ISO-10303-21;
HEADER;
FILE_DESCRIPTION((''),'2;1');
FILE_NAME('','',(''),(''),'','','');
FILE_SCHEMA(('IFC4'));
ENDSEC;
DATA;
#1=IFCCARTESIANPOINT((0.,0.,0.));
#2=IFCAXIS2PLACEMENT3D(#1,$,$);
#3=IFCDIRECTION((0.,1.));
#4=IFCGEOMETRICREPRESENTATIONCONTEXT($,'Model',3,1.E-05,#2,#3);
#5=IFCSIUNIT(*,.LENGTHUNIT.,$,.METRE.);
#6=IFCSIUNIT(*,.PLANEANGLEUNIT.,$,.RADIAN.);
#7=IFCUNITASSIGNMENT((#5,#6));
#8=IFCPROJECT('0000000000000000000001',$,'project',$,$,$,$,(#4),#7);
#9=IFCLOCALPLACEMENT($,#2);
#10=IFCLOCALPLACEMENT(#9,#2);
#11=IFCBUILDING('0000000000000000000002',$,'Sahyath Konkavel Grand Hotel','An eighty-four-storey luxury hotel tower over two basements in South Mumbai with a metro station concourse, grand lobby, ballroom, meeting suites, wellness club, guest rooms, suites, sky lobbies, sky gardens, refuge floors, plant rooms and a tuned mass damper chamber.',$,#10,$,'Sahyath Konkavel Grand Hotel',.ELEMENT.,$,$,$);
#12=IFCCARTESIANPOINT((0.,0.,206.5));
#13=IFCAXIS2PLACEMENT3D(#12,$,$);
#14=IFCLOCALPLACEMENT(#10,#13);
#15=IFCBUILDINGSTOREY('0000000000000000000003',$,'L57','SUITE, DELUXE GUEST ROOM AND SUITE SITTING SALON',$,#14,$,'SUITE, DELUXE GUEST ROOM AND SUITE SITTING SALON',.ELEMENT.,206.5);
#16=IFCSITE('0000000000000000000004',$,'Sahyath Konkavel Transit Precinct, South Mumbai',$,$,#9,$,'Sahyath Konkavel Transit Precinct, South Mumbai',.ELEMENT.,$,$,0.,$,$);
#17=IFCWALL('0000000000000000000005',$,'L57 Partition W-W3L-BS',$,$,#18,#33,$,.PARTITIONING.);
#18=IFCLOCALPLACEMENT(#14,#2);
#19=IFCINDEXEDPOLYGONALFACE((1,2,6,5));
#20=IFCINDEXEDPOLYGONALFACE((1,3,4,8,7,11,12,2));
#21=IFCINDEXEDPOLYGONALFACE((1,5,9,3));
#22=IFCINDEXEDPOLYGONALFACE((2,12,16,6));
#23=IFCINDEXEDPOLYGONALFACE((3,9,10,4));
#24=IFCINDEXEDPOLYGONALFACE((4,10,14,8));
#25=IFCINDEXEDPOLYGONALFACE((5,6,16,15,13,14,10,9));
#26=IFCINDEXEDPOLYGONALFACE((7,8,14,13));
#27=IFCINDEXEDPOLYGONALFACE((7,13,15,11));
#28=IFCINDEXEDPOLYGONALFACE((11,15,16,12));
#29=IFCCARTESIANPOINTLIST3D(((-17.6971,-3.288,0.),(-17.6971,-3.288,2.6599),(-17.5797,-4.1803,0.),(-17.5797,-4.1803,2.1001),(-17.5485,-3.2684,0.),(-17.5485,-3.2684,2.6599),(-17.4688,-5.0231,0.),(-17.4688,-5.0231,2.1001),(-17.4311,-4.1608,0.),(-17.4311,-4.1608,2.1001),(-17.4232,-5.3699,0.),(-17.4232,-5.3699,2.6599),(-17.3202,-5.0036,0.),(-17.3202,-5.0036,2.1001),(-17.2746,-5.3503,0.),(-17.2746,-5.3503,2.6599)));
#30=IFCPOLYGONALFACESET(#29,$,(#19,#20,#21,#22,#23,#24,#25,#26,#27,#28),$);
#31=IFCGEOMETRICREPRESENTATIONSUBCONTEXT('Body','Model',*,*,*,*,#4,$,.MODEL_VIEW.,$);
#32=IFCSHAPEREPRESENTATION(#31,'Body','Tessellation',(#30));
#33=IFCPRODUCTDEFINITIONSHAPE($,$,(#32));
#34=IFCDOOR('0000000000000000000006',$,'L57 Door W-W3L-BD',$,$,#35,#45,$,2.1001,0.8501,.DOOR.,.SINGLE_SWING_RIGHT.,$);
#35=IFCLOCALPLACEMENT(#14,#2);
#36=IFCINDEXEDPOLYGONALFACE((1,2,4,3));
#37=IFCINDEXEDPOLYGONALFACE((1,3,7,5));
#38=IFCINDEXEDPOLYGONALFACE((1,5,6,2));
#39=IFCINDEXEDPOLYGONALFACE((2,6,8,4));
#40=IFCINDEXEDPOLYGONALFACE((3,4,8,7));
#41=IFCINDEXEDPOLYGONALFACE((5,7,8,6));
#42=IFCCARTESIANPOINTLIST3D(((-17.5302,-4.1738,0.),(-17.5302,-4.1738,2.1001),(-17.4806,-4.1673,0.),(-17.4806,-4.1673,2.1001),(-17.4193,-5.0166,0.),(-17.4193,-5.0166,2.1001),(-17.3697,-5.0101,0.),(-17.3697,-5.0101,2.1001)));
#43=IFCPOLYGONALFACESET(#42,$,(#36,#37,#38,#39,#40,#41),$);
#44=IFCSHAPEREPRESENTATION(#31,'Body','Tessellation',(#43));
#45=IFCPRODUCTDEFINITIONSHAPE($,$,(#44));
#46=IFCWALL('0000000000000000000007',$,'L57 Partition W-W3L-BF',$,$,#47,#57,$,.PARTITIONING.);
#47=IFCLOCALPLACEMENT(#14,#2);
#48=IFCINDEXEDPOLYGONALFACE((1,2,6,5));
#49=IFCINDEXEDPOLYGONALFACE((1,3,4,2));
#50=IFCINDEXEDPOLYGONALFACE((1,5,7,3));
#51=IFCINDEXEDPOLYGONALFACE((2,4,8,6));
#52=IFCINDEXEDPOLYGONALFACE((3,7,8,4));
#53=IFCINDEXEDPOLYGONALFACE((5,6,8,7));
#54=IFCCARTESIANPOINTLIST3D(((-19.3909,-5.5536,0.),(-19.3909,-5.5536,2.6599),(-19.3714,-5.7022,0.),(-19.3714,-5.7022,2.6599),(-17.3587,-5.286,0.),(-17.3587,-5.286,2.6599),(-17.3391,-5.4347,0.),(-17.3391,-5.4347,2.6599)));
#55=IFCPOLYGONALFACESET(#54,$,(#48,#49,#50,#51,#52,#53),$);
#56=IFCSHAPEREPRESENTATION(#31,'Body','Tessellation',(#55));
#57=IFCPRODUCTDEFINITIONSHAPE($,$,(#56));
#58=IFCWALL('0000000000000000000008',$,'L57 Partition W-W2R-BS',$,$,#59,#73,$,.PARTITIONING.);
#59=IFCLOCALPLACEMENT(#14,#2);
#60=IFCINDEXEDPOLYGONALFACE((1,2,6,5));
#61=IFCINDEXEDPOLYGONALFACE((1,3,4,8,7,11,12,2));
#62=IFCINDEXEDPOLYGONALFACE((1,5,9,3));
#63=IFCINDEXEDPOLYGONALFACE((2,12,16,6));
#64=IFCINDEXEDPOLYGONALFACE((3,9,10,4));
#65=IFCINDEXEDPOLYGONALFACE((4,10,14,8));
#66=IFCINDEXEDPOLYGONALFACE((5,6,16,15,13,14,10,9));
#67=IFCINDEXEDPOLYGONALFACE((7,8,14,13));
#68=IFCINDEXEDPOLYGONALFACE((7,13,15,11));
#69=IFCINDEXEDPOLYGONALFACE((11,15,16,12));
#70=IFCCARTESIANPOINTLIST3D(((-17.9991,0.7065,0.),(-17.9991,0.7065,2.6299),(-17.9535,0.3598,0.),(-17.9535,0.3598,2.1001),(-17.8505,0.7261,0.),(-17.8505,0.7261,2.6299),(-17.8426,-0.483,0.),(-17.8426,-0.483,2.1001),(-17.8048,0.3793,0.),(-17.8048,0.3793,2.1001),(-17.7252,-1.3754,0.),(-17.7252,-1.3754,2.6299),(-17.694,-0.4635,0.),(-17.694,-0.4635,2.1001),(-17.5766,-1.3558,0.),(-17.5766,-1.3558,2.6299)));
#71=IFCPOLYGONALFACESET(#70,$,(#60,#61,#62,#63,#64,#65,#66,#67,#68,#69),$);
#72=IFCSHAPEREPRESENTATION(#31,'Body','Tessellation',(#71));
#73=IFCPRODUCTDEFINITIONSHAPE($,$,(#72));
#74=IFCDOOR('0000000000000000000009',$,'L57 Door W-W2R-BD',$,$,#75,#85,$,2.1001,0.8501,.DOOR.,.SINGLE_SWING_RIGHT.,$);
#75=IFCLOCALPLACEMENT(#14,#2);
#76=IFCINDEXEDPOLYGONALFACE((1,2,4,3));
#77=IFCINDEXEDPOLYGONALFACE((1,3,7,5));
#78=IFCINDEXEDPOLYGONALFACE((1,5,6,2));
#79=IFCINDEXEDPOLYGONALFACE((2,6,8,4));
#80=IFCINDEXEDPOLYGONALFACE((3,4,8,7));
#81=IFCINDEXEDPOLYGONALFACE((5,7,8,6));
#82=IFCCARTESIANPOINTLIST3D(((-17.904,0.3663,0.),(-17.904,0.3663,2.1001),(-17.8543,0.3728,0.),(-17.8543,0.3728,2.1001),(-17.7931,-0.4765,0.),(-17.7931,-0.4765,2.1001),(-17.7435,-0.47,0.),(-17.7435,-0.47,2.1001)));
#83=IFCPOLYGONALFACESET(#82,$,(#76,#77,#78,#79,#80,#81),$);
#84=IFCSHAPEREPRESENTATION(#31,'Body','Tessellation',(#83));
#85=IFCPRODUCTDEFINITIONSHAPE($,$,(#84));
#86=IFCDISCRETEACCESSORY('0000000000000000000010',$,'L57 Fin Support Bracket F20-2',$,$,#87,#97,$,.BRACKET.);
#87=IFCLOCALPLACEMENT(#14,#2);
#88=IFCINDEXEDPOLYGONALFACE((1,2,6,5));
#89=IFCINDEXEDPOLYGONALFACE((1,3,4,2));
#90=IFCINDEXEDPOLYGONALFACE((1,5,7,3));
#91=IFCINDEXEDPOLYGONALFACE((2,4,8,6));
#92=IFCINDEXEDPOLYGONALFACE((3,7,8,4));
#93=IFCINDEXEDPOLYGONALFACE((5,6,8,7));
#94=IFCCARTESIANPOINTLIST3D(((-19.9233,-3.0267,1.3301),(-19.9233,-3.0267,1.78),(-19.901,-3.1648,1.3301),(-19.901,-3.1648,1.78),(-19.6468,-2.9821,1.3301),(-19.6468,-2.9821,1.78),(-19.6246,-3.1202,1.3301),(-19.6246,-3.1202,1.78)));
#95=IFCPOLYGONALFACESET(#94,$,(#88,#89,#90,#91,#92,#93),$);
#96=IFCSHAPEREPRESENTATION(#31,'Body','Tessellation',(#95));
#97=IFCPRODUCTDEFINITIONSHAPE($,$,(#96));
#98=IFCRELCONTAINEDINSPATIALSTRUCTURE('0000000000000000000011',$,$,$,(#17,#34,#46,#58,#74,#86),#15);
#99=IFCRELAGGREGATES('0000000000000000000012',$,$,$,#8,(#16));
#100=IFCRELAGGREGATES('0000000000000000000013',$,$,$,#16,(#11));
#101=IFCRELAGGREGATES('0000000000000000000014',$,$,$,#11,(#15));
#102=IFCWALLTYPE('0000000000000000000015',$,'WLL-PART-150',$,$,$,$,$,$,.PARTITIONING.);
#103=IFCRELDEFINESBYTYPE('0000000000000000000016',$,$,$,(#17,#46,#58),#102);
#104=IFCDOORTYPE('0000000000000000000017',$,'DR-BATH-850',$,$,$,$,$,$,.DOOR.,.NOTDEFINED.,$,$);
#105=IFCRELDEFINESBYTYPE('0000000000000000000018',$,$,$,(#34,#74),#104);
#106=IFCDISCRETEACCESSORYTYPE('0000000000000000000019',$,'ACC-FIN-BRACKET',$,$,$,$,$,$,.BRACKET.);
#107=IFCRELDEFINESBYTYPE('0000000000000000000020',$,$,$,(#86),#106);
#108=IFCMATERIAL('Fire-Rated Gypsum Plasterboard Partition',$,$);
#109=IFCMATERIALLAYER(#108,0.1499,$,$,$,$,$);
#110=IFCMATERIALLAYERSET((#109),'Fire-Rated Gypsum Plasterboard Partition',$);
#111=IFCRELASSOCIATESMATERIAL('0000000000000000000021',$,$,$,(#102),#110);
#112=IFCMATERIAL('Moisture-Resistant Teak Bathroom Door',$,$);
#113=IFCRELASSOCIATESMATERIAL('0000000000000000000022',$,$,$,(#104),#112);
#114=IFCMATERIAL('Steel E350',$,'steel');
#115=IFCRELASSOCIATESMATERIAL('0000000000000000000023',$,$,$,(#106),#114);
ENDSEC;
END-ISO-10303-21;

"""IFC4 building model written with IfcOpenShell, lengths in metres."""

from ifc_helpers import new_model, si_unit, direction, frame, frame_2d, origin, origin_2d, place, context, subcontext, project, spatial, rectangle, extrude, source, transform, mapped, material, layer, layer_set, type_object, element, fill, save


model = new_model("IFC4")

# Units and contexts
model_context = context("Model", 3, precision=1e-05, world=origin(), true_north=direction((0.0, 1.0)))
body_context = subcontext(model_context, "Body", "Model", "MODEL_VIEW")
ifc_project = project(units=[si_unit("LENGTHUNIT", "METRE"), si_unit("PLANEANGLEUNIT", "RADIAN")], contexts=[model_context])

# Site, building, storey
site_placement = place(None, origin())
site = spatial("IfcSite", under=ifc_project, at=site_placement, Name="Sahyath Konkavel Transit Precinct, South Mumbai", LongName="Sahyath Konkavel Transit Precinct, South Mumbai", CompositionType="ELEMENT", RefElevation=0.0)
building_placement = place(site_placement, origin())
building = spatial("IfcBuilding", under=site, at=building_placement, Name="Sahyath Konkavel Grand Hotel", Description="An eighty-four-storey luxury hotel tower over two basements in South Mumbai with a metro station concourse, grand lobby, ballroom, meeting suites, wellness club, guest rooms, suites, sky lobbies, sky gardens, refuge floors, plant rooms and a tuned mass damper chamber.", LongName="Sahyath Konkavel Grand Hotel", CompositionType="ELEMENT")
storey_placement = place(building_placement, frame((0.0, 0.0, 206.5)))
storey = spatial("IfcBuildingStorey", under=building, at=storey_placement, Name="L57", Description="SUITE, DELUXE GUEST ROOM AND SUITE SITTING SALON", LongName="SUITE, DELUXE GUEST ROOM AND SUITE SITTING SALON", CompositionType="ELEMENT", Elevation=206.5)

# Shared definitions
ifc_material_1 = material(Name="Steel E350", Category="steel")

# Wall, opening, door
ifc_material_2 = material(Name="Fire-Rated Gypsum Plasterboard Partition")
ifc_layer_1 = layer(ifc_material_2, 0.1499)
ifc_layer_set_1 = layer_set([ifc_layer_1], Name="Fire-Rated Gypsum Plasterboard Partition")
wall_type_1 = type_object("IfcWallType", Name="WLL-PART-150", PredefinedType="PARTITIONING", material=ifc_layer_set_1)
wall_1_placement = place(storey_placement, frame((-17.6228, -3.2783, 0.0), z_axis=(0.0, 0.0, 1.0), x_axis=(0.130442, -0.991456, 0.0)))
wall_1 = element("IfcWall", 1, at=wall_1_placement, inside=storey, type_object=wall_type_1, Name="L57 Partition W-W3L-BS", PredefinedType="PARTITIONING", context=body_context, shape_type="SweptSolid", body=[
    extrude(rectangle(XDim=2.0999, YDim=0.1499, at=frame_2d((1.0498, 0.0))), origin(), (0.0, 0.0, 1.0), 2.6599),
])
opening_1_placement = place(wall_1_placement, frame((0.8999, 0.0, 0.0)))
opening_1 = element("IfcOpeningElement", 2, at=opening_1_placement, cuts=wall_1, PredefinedType="OPENING", context=body_context, shape_type="SweptSolid", body=[
    extrude(rectangle(XDim=0.8501, YDim=2.1001, at=frame_2d((0.425, 1.05))), frame((0.0, 0.085, 0.0), z_axis=(0.0, -1.0, 0.0), x_axis=(1.0, 0.0, 0.0)), (0.0, 0.0, 1.0), 0.1699),
])
ifc_material_3 = material(Name="Moisture-Resistant Teak Bathroom Door")
door_type = type_object("IfcDoorType", Name="DR-BATH-850", OperationType="NOTDEFINED", PredefinedType="DOOR", material=ifc_material_3)
shared_shape_1 = source(origin(), body_context, "Body", "SweptSolid", [
    extrude(rectangle(XDim=0.8501, YDim=0.05, at=origin_2d()), origin(), (0.0, 0.0, 1.0), 2.1001),
])
door_1_placement = place(opening_1_placement, frame((0.425, 0.0, 0.0)))
door_1 = element("IfcDoor", 3, at=door_1_placement, inside=storey, type_object=door_type, Name="L57 Door W-W3L-BD", OperationType="SINGLE_SWING_RIGHT", OverallHeight=2.1001, OverallWidth=0.8501, PredefinedType="DOOR", context=body_context, shape_type="MappedRepresentation", body=[
    mapped(shared_shape_1, transform((0.0, 0.0, 0.0), scale=1.0)),
])
fill(opening_1, door_1)

# Wall
wall_2_placement = place(storey_placement, frame((-17.3489, -5.3604, 0.0), z_axis=(0.0, 0.0, 1.0), x_axis=(-0.991443, -0.130541, 0.0)))
element("IfcWall", 4, at=wall_2_placement, inside=storey, type_object=wall_type_1, Name="L57 Partition W-W3L-BF", PredefinedType="PARTITIONING", context=body_context, shape_type="SweptSolid", body=[
    extrude(rectangle(XDim=2.0498, YDim=0.1499, at=frame_2d((1.0249, 0.0))), origin(), (0.0, 0.0, 1.0), 2.6599),
])

# Wall, opening, door
wall_3_placement = place(storey_placement, frame((-17.6509, -1.3655, 0.0), z_axis=(0.0, 0.0, 1.0), x_axis=(-0.130442, 0.991456, 0.0)))
wall_3 = element("IfcWall", 5, at=wall_3_placement, inside=storey, type_object=wall_type_1, Name="L57 Partition W-W2R-BS", PredefinedType="PARTITIONING", context=body_context, shape_type="SweptSolid", body=[
    extrude(rectangle(XDim=2.0999, YDim=0.1499, at=frame_2d((1.0498, 0.0))), origin(), (0.0, 0.0, 1.0), 2.6299),
])
opening_2_placement = place(wall_3_placement, frame((0.8999, 0.0, 0.0)))
opening_2 = element("IfcOpeningElement", 6, at=opening_2_placement, cuts=wall_3, PredefinedType="OPENING", context=body_context, shape_type="SweptSolid", body=[
    extrude(rectangle(XDim=0.8501, YDim=2.1001, at=frame_2d((0.425, 1.05))), frame((0.0, 0.085, 0.0), z_axis=(0.0, -1.0, 0.0), x_axis=(1.0, 0.0, 0.0)), (0.0, 0.0, 1.0), 0.1699),
])
door_2_placement = place(opening_2_placement, frame((0.425, 0.0, 0.0)))
door_2 = element("IfcDoor", 7, at=door_2_placement, inside=storey, type_object=door_type, Name="L57 Door W-W2R-BD", OperationType="SINGLE_SWING_RIGHT", OverallHeight=2.1001, OverallWidth=0.8501, PredefinedType="DOOR", context=body_context, shape_type="MappedRepresentation", body=[
    mapped(shared_shape_1, transform((0.0, 0.0, 0.0), scale=1.0)),
])
fill(opening_2, door_2)

# Discrete accessory
discrete_accessory_type = type_object("IfcDiscreteAccessoryType", Name="ACC-FIN-BRACKET", PredefinedType="BRACKET", material=ifc_material_1)
shared_shape_2 = source(origin(), body_context, "Body", "SweptSolid", [
    extrude(rectangle(XDim=0.28, YDim=0.1399, at=origin_2d()), origin(), (0.0, 0.0, 1.0), 0.45),
])
discrete_accessory_placement = place(storey_placement, frame((-19.7739, -3.0735, 1.3301), z_axis=(0.0, 0.0, 1.0), x_axis=(-0.987231, -0.159295, 0.0)))
element("IfcDiscreteAccessory", 8, at=discrete_accessory_placement, inside=storey, type_object=discrete_accessory_type, Name="L57 Fin Support Bracket F20-2", PredefinedType="BRACKET", context=body_context, shape_type="MappedRepresentation", body=[
    mapped(shared_shape_2, transform((0.0, 0.0, 0.0), scale=1.0)),
])

save(model, "model.ifc")
